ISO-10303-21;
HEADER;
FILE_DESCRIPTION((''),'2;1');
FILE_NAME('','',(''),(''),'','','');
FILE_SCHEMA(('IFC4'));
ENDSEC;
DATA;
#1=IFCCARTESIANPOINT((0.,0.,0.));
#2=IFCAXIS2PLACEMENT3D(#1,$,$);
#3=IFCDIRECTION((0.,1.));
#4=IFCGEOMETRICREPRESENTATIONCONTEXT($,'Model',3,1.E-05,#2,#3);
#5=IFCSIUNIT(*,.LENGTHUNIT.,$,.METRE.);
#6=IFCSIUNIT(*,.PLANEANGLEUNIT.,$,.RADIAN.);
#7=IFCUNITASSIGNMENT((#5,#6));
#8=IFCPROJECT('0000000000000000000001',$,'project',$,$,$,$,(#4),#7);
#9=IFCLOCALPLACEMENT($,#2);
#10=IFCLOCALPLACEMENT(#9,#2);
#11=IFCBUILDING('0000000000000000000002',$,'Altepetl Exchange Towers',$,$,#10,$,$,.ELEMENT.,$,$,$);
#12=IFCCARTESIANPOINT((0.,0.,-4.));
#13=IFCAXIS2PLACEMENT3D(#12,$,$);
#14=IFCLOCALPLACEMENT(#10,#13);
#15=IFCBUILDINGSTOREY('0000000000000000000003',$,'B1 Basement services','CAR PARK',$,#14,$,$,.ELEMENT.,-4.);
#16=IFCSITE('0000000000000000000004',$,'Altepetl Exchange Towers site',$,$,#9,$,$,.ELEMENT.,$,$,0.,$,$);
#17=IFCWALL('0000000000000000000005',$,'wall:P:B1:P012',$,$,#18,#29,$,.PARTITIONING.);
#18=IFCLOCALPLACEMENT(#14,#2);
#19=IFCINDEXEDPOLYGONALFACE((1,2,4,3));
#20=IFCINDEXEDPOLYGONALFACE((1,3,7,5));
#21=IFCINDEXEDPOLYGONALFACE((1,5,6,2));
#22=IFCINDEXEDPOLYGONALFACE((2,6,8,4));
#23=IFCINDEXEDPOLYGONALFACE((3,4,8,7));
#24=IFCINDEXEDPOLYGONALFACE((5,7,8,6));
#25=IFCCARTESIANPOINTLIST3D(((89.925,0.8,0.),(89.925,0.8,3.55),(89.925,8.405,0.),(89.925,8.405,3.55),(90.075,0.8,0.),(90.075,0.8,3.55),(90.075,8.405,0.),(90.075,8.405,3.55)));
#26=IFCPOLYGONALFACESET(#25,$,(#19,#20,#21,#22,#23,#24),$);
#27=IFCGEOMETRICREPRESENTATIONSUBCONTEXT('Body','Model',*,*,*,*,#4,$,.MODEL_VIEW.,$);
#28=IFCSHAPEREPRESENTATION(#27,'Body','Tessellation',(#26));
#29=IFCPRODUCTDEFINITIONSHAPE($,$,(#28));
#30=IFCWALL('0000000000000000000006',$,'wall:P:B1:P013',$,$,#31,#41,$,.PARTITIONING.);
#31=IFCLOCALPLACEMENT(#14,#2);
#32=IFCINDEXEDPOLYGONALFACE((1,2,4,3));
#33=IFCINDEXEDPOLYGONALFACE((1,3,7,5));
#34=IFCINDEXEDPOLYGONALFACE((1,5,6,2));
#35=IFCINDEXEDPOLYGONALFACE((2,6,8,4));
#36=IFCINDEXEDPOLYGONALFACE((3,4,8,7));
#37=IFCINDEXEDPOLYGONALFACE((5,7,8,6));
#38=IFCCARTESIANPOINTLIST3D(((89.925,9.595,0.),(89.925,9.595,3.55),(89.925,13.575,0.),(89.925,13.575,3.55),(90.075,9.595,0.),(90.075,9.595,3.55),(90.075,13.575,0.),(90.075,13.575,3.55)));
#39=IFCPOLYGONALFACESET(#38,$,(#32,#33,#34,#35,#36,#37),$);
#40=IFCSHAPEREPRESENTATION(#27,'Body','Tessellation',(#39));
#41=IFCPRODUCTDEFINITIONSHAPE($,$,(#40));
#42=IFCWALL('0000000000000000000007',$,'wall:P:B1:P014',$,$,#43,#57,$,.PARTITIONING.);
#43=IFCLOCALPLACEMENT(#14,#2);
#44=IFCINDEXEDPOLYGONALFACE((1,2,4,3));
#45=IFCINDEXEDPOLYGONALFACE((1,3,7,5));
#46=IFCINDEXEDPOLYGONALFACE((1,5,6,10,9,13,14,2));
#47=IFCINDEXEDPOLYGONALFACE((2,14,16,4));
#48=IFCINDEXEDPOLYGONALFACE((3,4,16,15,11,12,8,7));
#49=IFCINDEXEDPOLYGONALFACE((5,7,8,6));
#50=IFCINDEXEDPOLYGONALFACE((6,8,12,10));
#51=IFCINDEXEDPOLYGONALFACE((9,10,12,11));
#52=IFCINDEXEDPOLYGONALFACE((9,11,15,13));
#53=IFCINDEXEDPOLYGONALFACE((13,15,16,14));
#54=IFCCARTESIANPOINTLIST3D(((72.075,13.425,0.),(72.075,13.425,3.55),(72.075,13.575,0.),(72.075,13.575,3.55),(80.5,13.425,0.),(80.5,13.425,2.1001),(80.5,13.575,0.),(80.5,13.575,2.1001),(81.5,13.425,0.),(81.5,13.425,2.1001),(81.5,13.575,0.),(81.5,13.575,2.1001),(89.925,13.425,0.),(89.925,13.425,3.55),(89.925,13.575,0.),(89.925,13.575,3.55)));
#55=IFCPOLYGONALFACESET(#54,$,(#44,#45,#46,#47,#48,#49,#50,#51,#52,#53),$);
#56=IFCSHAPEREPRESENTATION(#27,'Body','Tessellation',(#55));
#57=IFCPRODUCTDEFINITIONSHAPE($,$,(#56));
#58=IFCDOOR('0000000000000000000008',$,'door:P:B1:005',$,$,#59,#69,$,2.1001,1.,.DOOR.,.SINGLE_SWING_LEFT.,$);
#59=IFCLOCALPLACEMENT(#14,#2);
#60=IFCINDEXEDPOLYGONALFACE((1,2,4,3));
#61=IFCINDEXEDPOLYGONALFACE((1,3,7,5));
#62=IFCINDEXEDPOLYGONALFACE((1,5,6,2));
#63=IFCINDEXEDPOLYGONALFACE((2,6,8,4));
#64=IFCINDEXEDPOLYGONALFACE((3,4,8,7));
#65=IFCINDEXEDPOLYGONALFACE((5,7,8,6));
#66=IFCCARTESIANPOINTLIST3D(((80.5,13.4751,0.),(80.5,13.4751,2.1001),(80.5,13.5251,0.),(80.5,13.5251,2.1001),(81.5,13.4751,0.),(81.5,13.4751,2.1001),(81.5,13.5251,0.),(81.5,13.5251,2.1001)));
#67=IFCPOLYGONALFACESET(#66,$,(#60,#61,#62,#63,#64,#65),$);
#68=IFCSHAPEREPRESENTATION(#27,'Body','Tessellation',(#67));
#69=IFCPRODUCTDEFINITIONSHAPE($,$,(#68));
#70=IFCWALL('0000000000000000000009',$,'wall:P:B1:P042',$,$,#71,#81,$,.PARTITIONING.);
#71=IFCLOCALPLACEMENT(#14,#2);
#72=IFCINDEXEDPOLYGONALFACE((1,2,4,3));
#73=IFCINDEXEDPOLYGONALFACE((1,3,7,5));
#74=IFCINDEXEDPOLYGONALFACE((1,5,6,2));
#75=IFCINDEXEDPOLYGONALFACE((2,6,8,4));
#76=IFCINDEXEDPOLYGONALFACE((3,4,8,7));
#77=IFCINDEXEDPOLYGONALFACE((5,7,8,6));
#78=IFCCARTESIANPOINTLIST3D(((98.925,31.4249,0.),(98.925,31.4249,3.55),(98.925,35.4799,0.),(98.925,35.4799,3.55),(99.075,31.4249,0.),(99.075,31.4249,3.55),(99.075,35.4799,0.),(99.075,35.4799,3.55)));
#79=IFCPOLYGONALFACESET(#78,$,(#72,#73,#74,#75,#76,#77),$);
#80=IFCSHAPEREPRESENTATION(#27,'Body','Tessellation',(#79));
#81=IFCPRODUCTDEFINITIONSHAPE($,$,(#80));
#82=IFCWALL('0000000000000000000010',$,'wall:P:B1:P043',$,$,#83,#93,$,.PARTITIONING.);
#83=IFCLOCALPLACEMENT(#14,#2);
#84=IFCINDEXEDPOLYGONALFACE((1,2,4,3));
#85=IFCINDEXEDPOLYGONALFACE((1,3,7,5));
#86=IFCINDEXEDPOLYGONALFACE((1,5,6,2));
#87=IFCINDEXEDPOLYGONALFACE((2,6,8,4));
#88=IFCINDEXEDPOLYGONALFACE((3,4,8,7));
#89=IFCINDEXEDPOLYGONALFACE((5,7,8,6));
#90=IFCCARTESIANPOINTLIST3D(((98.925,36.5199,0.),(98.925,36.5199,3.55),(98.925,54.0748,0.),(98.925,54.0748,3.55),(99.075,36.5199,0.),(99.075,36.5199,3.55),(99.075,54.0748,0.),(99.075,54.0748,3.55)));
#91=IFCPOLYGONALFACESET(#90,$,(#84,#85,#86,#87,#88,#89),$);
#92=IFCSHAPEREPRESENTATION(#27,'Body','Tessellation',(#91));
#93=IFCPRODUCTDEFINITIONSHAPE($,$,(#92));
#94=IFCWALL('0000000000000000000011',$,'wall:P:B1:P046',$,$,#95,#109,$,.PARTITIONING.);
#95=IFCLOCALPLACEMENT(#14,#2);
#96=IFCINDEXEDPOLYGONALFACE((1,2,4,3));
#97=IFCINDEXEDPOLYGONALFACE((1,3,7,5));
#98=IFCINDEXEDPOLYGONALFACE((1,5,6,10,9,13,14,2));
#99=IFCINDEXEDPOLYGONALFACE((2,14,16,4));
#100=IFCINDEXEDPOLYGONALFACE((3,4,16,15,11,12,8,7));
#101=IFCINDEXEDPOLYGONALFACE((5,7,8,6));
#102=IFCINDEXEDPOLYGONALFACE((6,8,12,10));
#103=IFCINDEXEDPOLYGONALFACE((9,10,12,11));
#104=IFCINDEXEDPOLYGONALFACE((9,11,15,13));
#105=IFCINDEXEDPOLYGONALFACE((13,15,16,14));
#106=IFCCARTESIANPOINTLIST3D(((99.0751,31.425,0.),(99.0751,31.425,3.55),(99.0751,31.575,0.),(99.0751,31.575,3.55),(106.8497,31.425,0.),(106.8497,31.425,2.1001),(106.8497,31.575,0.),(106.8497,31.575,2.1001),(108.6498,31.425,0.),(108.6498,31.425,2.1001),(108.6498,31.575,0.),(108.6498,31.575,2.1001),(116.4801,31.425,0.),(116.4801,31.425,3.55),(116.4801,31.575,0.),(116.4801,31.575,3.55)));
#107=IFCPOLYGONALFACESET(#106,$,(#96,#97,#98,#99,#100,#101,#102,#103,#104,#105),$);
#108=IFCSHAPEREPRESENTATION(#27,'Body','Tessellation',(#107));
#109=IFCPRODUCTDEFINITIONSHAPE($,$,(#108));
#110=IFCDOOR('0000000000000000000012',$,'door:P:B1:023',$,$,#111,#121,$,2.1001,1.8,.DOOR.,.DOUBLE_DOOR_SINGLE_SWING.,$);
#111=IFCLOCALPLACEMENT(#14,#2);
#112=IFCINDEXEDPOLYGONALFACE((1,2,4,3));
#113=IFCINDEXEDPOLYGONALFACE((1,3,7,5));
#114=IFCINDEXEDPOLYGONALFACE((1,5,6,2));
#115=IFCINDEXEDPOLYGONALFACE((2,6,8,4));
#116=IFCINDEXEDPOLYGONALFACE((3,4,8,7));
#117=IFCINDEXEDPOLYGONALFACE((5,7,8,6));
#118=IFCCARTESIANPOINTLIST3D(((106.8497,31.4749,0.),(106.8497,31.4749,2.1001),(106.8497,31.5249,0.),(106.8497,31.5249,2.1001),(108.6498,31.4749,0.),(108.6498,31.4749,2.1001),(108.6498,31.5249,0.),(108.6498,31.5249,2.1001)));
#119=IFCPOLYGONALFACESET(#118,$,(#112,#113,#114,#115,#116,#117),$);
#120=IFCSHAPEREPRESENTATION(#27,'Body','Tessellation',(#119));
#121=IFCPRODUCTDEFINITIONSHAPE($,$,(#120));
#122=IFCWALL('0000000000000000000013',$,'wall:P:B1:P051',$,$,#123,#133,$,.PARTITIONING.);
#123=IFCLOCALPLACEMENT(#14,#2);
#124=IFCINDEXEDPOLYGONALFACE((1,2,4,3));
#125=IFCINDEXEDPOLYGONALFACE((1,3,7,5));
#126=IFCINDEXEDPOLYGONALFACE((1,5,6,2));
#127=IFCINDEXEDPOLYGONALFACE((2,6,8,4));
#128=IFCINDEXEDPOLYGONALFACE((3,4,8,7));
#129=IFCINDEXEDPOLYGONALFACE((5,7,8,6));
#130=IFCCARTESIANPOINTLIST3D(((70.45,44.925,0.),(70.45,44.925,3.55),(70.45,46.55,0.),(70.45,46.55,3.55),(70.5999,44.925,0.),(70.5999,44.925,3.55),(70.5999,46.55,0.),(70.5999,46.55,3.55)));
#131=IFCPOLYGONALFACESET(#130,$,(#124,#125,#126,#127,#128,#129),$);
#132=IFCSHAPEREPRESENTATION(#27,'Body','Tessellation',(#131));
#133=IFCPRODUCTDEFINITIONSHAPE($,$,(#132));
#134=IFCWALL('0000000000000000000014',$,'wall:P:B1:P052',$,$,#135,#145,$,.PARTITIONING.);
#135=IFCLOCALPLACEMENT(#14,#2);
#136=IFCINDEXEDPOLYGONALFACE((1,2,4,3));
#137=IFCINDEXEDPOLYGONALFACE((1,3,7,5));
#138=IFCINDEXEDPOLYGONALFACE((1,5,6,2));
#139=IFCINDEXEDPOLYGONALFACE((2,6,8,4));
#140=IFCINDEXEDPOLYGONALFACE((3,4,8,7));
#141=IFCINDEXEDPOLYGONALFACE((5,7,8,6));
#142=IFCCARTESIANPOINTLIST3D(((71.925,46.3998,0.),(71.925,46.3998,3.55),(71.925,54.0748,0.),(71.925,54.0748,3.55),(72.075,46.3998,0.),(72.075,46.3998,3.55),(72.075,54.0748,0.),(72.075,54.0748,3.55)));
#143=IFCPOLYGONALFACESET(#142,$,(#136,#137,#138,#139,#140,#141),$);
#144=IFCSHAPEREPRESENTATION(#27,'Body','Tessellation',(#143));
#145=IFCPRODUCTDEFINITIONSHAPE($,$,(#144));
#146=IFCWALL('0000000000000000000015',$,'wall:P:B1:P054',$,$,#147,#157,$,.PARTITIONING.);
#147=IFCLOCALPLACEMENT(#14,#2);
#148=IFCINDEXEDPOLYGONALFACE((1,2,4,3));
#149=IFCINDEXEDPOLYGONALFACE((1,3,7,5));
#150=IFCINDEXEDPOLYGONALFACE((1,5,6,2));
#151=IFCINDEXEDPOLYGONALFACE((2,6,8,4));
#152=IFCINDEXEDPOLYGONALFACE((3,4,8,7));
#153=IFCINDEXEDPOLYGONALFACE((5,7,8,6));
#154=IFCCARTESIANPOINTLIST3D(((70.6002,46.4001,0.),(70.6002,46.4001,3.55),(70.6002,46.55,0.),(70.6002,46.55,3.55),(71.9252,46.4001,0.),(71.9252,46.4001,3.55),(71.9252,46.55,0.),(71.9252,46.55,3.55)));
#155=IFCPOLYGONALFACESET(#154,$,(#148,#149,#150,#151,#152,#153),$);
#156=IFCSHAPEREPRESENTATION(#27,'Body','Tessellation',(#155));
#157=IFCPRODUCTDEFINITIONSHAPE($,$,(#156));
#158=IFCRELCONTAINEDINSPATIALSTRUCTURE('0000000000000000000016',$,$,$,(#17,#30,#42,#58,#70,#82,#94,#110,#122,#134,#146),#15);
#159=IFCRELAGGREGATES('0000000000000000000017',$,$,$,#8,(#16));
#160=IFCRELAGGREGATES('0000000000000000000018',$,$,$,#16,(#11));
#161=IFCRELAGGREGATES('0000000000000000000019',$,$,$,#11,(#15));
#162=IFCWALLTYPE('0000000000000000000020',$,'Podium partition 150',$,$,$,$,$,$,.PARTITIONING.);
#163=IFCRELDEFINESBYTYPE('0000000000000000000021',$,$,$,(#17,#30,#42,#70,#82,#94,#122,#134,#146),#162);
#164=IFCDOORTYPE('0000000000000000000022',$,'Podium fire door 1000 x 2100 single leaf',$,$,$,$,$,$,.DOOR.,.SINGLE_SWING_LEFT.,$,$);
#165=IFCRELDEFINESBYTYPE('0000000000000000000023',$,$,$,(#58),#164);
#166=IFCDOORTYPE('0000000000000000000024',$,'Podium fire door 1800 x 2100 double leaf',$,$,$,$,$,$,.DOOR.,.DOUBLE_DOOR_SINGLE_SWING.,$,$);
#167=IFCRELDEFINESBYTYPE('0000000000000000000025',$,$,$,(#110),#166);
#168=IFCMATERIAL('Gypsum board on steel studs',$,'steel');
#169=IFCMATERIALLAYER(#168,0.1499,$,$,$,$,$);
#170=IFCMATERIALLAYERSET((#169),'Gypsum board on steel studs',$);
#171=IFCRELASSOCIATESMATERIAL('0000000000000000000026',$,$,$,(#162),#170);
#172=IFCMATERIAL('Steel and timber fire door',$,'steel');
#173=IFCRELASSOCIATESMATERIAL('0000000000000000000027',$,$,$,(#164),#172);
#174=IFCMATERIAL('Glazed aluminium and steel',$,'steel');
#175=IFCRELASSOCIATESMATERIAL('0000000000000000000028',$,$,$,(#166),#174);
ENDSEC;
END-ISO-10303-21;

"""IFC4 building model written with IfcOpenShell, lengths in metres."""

from ifc_helpers import new_model, si_unit, direction, frame, frame_2d, origin, place, context, subcontext, project, spatial, rectangle, extrude, material, layer, layer_set, type_object, element, fill, save


model = new_model("IFC4")

# Units and contexts
model_context = context("Model", 3, precision=1e-05, world=origin(), true_north=direction((0.0, 1.0)))
body_context = subcontext(model_context, "Body", "Model", "MODEL_VIEW")
ifc_project = project(units=[si_unit("LENGTHUNIT", "METRE"), si_unit("PLANEANGLEUNIT", "RADIAN")], contexts=[model_context])

# Site, building, storey
site_placement = place(None, origin())
site = spatial("IfcSite", under=ifc_project, at=site_placement, Name="Altepetl Exchange Towers site", CompositionType="ELEMENT", RefElevation=0.0)
building_placement = place(site_placement, origin())
building = spatial("IfcBuilding", under=site, at=building_placement, Name="Altepetl Exchange Towers", CompositionType="ELEMENT")
storey_placement = place(building_placement, frame((0.0, 0.0, -4.0)))
storey = spatial("IfcBuildingStorey", under=building, at=storey_placement, Name="B1 Basement services", Description="CAR PARK", CompositionType="ELEMENT", Elevation=-4.0)

# Walls
ifc_material_1 = material(Name="Gypsum board on steel studs", Category="steel")
ifc_layer_1 = layer(ifc_material_1, 0.1499)
ifc_layer_set_1 = layer_set([ifc_layer_1], Name="Gypsum board on steel studs")
wall_type_1 = type_object("IfcWallType", Name="Podium partition 150", PredefinedType="PARTITIONING", material=ifc_layer_set_1)
wall_1_placement = place(storey_placement, frame((90.0, 0.8, 0.0), z_axis=(0.0, 0.0, 1.0), x_axis=(0.0, 1.0, 0.0)))
element("IfcWall", 1, at=wall_1_placement, inside=storey, type_object=wall_type_1, Name="wall:P:B1:P012", PredefinedType="PARTITIONING", context=body_context, shape_type="SweptSolid", body=[
    extrude(rectangle(XDim=7.605, YDim=0.1499, at=frame_2d((3.8025, 0.0))), origin(), (0.0, 0.0, 1.0), 3.55),
])
wall_2_placement = place(storey_placement, frame((90.0, 9.595, 0.0), z_axis=(0.0, 0.0, 1.0), x_axis=(0.0, 1.0, 0.0)))
element("IfcWall", 2, at=wall_2_placement, inside=storey, type_object=wall_type_1, Name="wall:P:B1:P013", PredefinedType="PARTITIONING", context=body_context, shape_type="SweptSolid", body=[
    extrude(rectangle(XDim=3.98, YDim=0.1499, at=frame_2d((1.99, 0.0))), origin(), (0.0, 0.0, 1.0), 3.55),
])

# Wall, opening, door
wall_3_placement = place(storey_placement, frame((72.075, 13.5, 0.0)))
wall_3 = element("IfcWall", 3, at=wall_3_placement, inside=storey, type_object=wall_type_1, Name="wall:P:B1:P014", PredefinedType="PARTITIONING", context=body_context, shape_type="SweptSolid", body=[
    extrude(rectangle(XDim=17.8501, YDim=0.1499, at=frame_2d((8.925, 0.0))), origin(), (0.0, 0.0, 1.0), 3.55),
])
opening_1_placement = place(wall_3_placement, frame((8.425, 0.0, 0.0)))
opening_1 = element("IfcOpeningElement", 4, at=opening_1_placement, cuts=wall_3, PredefinedType="OPENING", context=body_context, shape_type="SweptSolid", body=[
    extrude(rectangle(XDim=1.0, YDim=2.1001, at=frame_2d((0.5, 1.05))), frame((0.0, 0.085, 0.0), z_axis=(0.0, -1.0, 0.0), x_axis=(1.0, 0.0, 0.0)), (0.0, 0.0, 1.0), 0.1699),
])
ifc_material_2 = material(Name="Steel and timber fire door", Category="steel")
door_type_1 = type_object("IfcDoorType", Name="Podium fire door 1000 x 2100 single leaf", OperationType="SINGLE_SWING_LEFT", PredefinedType="DOOR", material=ifc_material_2)
door_1_placement = place(opening_1_placement, frame((1.0, 0.0, 0.0), x_axis=(-1.0, 0.0, 0.0)))
door_1 = element("IfcDoor", 5, at=door_1_placement, inside=storey, type_object=door_type_1, Name="door:P:B1:005", OperationType="SINGLE_SWING_LEFT", OverallHeight=2.1001, OverallWidth=1.0, PredefinedType="DOOR", context=body_context, shape_type="SweptSolid", body=[
    extrude(rectangle(XDim=1.0, YDim=2.1001, at=frame_2d((0.5, 1.05))), frame((0.0, 0.0249, 0.0), z_axis=(0.0, -1.0, 0.0), x_axis=(1.0, 0.0, 0.0)), (0.0, 0.0, 1.0), 0.05),
])
fill(opening_1, door_1)

# Walls
wall_4_placement = place(storey_placement, frame((99.0, 31.425, 0.0), z_axis=(0.0, 0.0, 1.0), x_axis=(0.0, 1.0, 0.0)))
element("IfcWall", 6, at=wall_4_placement, inside=storey, type_object=wall_type_1, Name="wall:P:B1:P042", PredefinedType="PARTITIONING", context=body_context, shape_type="SweptSolid", body=[
    extrude(rectangle(XDim=4.0549, YDim=0.1499, at=frame_2d((2.0273, 0.0))), origin(), (0.0, 0.0, 1.0), 3.55),
])
wall_5_placement = place(storey_placement, frame((99.0, 36.52, 0.0), z_axis=(0.0, 0.0, 1.0), x_axis=(0.0, 1.0, 0.0)))
element("IfcWall", 7, at=wall_5_placement, inside=storey, type_object=wall_type_1, Name="wall:P:B1:P043", PredefinedType="PARTITIONING", context=body_context, shape_type="SweptSolid", body=[
    extrude(rectangle(XDim=17.5549, YDim=0.1499, at=frame_2d((8.7773, 0.0))), origin(), (0.0, 0.0, 1.0), 3.55),
])

# Wall, opening, door
wall_6_placement = place(storey_placement, frame((99.075, 31.5, 0.0)))
wall_6 = element("IfcWall", 8, at=wall_6_placement, inside=storey, type_object=wall_type_1, Name="wall:P:B1:P046", PredefinedType="PARTITIONING", context=body_context, shape_type="SweptSolid", body=[
    extrude(rectangle(XDim=17.405, YDim=0.1499, at=frame_2d((8.7026, 0.0))), origin(), (0.0, 0.0, 1.0), 3.55),
])
opening_2_placement = place(wall_6_placement, frame((7.7749, 0.0, 0.0)))
opening_2 = element("IfcOpeningElement", 9, at=opening_2_placement, cuts=wall_6, PredefinedType="OPENING", context=body_context, shape_type="SweptSolid", body=[
    extrude(rectangle(XDim=1.8, YDim=2.1001, at=frame_2d((0.8999, 1.05))), frame((0.0, 0.085, 0.0), z_axis=(0.0, -1.0, 0.0), x_axis=(1.0, 0.0, 0.0)), (0.0, 0.0, 1.0), 0.1699),
])
ifc_material_3 = material(Name="Glazed aluminium and steel", Category="steel")
door_type_2 = type_object("IfcDoorType", Name="Podium fire door 1800 x 2100 double leaf", OperationType="DOUBLE_DOOR_SINGLE_SWING", PredefinedType="DOOR", material=ifc_material_3)
door_2_placement = place(opening_2_placement, origin())
door_2 = element("IfcDoor", 10, at=door_2_placement, inside=storey, type_object=door_type_2, Name="door:P:B1:023", OperationType="DOUBLE_DOOR_SINGLE_SWING", OverallHeight=2.1001, OverallWidth=1.8, PredefinedType="DOOR", context=body_context, shape_type="SweptSolid", body=[
    extrude(rectangle(XDim=1.8, YDim=2.1001, at=frame_2d((0.8999, 1.05))), frame((0.0, 0.0249, 0.0), z_axis=(0.0, -1.0, 0.0), x_axis=(1.0, 0.0, 0.0)), (0.0, 0.0, 1.0), 0.05),
])
fill(opening_2, door_2)

# Walls
wall_7_placement = place(storey_placement, frame((70.5249, 44.925, 0.0), z_axis=(0.0, 0.0, 1.0), x_axis=(0.0, 1.0, 0.0)))
element("IfcWall", 11, at=wall_7_placement, inside=storey, type_object=wall_type_1, Name="wall:P:B1:P051", PredefinedType="PARTITIONING", context=body_context, shape_type="SweptSolid", body=[
    extrude(rectangle(XDim=1.625, YDim=0.1499, at=frame_2d((0.8125, 0.0))), origin(), (0.0, 0.0, 1.0), 3.55),
])
wall_8_placement = place(storey_placement, frame((72.0, 46.3999, 0.0), z_axis=(0.0, 0.0, 1.0), x_axis=(0.0, 1.0, 0.0)))
element("IfcWall", 12, at=wall_8_placement, inside=storey, type_object=wall_type_1, Name="wall:P:B1:P052", PredefinedType="PARTITIONING", context=body_context, shape_type="SweptSolid", body=[
    extrude(rectangle(XDim=7.675, YDim=0.1499, at=frame_2d((3.8374, 0.0))), origin(), (0.0, 0.0, 1.0), 3.55),
])
wall_9_placement = place(storey_placement, frame((70.6001, 46.4751, 0.0)))
element("IfcWall", 13, at=wall_9_placement, inside=storey, type_object=wall_type_1, Name="wall:P:B1:P054", PredefinedType="PARTITIONING", context=body_context, shape_type="SweptSolid", body=[
    extrude(rectangle(XDim=1.325, YDim=0.1499, at=frame_2d((0.6626, 0.0))), origin(), (0.0, 0.0, 1.0), 3.55),
])

save(model, "model.ifc")
